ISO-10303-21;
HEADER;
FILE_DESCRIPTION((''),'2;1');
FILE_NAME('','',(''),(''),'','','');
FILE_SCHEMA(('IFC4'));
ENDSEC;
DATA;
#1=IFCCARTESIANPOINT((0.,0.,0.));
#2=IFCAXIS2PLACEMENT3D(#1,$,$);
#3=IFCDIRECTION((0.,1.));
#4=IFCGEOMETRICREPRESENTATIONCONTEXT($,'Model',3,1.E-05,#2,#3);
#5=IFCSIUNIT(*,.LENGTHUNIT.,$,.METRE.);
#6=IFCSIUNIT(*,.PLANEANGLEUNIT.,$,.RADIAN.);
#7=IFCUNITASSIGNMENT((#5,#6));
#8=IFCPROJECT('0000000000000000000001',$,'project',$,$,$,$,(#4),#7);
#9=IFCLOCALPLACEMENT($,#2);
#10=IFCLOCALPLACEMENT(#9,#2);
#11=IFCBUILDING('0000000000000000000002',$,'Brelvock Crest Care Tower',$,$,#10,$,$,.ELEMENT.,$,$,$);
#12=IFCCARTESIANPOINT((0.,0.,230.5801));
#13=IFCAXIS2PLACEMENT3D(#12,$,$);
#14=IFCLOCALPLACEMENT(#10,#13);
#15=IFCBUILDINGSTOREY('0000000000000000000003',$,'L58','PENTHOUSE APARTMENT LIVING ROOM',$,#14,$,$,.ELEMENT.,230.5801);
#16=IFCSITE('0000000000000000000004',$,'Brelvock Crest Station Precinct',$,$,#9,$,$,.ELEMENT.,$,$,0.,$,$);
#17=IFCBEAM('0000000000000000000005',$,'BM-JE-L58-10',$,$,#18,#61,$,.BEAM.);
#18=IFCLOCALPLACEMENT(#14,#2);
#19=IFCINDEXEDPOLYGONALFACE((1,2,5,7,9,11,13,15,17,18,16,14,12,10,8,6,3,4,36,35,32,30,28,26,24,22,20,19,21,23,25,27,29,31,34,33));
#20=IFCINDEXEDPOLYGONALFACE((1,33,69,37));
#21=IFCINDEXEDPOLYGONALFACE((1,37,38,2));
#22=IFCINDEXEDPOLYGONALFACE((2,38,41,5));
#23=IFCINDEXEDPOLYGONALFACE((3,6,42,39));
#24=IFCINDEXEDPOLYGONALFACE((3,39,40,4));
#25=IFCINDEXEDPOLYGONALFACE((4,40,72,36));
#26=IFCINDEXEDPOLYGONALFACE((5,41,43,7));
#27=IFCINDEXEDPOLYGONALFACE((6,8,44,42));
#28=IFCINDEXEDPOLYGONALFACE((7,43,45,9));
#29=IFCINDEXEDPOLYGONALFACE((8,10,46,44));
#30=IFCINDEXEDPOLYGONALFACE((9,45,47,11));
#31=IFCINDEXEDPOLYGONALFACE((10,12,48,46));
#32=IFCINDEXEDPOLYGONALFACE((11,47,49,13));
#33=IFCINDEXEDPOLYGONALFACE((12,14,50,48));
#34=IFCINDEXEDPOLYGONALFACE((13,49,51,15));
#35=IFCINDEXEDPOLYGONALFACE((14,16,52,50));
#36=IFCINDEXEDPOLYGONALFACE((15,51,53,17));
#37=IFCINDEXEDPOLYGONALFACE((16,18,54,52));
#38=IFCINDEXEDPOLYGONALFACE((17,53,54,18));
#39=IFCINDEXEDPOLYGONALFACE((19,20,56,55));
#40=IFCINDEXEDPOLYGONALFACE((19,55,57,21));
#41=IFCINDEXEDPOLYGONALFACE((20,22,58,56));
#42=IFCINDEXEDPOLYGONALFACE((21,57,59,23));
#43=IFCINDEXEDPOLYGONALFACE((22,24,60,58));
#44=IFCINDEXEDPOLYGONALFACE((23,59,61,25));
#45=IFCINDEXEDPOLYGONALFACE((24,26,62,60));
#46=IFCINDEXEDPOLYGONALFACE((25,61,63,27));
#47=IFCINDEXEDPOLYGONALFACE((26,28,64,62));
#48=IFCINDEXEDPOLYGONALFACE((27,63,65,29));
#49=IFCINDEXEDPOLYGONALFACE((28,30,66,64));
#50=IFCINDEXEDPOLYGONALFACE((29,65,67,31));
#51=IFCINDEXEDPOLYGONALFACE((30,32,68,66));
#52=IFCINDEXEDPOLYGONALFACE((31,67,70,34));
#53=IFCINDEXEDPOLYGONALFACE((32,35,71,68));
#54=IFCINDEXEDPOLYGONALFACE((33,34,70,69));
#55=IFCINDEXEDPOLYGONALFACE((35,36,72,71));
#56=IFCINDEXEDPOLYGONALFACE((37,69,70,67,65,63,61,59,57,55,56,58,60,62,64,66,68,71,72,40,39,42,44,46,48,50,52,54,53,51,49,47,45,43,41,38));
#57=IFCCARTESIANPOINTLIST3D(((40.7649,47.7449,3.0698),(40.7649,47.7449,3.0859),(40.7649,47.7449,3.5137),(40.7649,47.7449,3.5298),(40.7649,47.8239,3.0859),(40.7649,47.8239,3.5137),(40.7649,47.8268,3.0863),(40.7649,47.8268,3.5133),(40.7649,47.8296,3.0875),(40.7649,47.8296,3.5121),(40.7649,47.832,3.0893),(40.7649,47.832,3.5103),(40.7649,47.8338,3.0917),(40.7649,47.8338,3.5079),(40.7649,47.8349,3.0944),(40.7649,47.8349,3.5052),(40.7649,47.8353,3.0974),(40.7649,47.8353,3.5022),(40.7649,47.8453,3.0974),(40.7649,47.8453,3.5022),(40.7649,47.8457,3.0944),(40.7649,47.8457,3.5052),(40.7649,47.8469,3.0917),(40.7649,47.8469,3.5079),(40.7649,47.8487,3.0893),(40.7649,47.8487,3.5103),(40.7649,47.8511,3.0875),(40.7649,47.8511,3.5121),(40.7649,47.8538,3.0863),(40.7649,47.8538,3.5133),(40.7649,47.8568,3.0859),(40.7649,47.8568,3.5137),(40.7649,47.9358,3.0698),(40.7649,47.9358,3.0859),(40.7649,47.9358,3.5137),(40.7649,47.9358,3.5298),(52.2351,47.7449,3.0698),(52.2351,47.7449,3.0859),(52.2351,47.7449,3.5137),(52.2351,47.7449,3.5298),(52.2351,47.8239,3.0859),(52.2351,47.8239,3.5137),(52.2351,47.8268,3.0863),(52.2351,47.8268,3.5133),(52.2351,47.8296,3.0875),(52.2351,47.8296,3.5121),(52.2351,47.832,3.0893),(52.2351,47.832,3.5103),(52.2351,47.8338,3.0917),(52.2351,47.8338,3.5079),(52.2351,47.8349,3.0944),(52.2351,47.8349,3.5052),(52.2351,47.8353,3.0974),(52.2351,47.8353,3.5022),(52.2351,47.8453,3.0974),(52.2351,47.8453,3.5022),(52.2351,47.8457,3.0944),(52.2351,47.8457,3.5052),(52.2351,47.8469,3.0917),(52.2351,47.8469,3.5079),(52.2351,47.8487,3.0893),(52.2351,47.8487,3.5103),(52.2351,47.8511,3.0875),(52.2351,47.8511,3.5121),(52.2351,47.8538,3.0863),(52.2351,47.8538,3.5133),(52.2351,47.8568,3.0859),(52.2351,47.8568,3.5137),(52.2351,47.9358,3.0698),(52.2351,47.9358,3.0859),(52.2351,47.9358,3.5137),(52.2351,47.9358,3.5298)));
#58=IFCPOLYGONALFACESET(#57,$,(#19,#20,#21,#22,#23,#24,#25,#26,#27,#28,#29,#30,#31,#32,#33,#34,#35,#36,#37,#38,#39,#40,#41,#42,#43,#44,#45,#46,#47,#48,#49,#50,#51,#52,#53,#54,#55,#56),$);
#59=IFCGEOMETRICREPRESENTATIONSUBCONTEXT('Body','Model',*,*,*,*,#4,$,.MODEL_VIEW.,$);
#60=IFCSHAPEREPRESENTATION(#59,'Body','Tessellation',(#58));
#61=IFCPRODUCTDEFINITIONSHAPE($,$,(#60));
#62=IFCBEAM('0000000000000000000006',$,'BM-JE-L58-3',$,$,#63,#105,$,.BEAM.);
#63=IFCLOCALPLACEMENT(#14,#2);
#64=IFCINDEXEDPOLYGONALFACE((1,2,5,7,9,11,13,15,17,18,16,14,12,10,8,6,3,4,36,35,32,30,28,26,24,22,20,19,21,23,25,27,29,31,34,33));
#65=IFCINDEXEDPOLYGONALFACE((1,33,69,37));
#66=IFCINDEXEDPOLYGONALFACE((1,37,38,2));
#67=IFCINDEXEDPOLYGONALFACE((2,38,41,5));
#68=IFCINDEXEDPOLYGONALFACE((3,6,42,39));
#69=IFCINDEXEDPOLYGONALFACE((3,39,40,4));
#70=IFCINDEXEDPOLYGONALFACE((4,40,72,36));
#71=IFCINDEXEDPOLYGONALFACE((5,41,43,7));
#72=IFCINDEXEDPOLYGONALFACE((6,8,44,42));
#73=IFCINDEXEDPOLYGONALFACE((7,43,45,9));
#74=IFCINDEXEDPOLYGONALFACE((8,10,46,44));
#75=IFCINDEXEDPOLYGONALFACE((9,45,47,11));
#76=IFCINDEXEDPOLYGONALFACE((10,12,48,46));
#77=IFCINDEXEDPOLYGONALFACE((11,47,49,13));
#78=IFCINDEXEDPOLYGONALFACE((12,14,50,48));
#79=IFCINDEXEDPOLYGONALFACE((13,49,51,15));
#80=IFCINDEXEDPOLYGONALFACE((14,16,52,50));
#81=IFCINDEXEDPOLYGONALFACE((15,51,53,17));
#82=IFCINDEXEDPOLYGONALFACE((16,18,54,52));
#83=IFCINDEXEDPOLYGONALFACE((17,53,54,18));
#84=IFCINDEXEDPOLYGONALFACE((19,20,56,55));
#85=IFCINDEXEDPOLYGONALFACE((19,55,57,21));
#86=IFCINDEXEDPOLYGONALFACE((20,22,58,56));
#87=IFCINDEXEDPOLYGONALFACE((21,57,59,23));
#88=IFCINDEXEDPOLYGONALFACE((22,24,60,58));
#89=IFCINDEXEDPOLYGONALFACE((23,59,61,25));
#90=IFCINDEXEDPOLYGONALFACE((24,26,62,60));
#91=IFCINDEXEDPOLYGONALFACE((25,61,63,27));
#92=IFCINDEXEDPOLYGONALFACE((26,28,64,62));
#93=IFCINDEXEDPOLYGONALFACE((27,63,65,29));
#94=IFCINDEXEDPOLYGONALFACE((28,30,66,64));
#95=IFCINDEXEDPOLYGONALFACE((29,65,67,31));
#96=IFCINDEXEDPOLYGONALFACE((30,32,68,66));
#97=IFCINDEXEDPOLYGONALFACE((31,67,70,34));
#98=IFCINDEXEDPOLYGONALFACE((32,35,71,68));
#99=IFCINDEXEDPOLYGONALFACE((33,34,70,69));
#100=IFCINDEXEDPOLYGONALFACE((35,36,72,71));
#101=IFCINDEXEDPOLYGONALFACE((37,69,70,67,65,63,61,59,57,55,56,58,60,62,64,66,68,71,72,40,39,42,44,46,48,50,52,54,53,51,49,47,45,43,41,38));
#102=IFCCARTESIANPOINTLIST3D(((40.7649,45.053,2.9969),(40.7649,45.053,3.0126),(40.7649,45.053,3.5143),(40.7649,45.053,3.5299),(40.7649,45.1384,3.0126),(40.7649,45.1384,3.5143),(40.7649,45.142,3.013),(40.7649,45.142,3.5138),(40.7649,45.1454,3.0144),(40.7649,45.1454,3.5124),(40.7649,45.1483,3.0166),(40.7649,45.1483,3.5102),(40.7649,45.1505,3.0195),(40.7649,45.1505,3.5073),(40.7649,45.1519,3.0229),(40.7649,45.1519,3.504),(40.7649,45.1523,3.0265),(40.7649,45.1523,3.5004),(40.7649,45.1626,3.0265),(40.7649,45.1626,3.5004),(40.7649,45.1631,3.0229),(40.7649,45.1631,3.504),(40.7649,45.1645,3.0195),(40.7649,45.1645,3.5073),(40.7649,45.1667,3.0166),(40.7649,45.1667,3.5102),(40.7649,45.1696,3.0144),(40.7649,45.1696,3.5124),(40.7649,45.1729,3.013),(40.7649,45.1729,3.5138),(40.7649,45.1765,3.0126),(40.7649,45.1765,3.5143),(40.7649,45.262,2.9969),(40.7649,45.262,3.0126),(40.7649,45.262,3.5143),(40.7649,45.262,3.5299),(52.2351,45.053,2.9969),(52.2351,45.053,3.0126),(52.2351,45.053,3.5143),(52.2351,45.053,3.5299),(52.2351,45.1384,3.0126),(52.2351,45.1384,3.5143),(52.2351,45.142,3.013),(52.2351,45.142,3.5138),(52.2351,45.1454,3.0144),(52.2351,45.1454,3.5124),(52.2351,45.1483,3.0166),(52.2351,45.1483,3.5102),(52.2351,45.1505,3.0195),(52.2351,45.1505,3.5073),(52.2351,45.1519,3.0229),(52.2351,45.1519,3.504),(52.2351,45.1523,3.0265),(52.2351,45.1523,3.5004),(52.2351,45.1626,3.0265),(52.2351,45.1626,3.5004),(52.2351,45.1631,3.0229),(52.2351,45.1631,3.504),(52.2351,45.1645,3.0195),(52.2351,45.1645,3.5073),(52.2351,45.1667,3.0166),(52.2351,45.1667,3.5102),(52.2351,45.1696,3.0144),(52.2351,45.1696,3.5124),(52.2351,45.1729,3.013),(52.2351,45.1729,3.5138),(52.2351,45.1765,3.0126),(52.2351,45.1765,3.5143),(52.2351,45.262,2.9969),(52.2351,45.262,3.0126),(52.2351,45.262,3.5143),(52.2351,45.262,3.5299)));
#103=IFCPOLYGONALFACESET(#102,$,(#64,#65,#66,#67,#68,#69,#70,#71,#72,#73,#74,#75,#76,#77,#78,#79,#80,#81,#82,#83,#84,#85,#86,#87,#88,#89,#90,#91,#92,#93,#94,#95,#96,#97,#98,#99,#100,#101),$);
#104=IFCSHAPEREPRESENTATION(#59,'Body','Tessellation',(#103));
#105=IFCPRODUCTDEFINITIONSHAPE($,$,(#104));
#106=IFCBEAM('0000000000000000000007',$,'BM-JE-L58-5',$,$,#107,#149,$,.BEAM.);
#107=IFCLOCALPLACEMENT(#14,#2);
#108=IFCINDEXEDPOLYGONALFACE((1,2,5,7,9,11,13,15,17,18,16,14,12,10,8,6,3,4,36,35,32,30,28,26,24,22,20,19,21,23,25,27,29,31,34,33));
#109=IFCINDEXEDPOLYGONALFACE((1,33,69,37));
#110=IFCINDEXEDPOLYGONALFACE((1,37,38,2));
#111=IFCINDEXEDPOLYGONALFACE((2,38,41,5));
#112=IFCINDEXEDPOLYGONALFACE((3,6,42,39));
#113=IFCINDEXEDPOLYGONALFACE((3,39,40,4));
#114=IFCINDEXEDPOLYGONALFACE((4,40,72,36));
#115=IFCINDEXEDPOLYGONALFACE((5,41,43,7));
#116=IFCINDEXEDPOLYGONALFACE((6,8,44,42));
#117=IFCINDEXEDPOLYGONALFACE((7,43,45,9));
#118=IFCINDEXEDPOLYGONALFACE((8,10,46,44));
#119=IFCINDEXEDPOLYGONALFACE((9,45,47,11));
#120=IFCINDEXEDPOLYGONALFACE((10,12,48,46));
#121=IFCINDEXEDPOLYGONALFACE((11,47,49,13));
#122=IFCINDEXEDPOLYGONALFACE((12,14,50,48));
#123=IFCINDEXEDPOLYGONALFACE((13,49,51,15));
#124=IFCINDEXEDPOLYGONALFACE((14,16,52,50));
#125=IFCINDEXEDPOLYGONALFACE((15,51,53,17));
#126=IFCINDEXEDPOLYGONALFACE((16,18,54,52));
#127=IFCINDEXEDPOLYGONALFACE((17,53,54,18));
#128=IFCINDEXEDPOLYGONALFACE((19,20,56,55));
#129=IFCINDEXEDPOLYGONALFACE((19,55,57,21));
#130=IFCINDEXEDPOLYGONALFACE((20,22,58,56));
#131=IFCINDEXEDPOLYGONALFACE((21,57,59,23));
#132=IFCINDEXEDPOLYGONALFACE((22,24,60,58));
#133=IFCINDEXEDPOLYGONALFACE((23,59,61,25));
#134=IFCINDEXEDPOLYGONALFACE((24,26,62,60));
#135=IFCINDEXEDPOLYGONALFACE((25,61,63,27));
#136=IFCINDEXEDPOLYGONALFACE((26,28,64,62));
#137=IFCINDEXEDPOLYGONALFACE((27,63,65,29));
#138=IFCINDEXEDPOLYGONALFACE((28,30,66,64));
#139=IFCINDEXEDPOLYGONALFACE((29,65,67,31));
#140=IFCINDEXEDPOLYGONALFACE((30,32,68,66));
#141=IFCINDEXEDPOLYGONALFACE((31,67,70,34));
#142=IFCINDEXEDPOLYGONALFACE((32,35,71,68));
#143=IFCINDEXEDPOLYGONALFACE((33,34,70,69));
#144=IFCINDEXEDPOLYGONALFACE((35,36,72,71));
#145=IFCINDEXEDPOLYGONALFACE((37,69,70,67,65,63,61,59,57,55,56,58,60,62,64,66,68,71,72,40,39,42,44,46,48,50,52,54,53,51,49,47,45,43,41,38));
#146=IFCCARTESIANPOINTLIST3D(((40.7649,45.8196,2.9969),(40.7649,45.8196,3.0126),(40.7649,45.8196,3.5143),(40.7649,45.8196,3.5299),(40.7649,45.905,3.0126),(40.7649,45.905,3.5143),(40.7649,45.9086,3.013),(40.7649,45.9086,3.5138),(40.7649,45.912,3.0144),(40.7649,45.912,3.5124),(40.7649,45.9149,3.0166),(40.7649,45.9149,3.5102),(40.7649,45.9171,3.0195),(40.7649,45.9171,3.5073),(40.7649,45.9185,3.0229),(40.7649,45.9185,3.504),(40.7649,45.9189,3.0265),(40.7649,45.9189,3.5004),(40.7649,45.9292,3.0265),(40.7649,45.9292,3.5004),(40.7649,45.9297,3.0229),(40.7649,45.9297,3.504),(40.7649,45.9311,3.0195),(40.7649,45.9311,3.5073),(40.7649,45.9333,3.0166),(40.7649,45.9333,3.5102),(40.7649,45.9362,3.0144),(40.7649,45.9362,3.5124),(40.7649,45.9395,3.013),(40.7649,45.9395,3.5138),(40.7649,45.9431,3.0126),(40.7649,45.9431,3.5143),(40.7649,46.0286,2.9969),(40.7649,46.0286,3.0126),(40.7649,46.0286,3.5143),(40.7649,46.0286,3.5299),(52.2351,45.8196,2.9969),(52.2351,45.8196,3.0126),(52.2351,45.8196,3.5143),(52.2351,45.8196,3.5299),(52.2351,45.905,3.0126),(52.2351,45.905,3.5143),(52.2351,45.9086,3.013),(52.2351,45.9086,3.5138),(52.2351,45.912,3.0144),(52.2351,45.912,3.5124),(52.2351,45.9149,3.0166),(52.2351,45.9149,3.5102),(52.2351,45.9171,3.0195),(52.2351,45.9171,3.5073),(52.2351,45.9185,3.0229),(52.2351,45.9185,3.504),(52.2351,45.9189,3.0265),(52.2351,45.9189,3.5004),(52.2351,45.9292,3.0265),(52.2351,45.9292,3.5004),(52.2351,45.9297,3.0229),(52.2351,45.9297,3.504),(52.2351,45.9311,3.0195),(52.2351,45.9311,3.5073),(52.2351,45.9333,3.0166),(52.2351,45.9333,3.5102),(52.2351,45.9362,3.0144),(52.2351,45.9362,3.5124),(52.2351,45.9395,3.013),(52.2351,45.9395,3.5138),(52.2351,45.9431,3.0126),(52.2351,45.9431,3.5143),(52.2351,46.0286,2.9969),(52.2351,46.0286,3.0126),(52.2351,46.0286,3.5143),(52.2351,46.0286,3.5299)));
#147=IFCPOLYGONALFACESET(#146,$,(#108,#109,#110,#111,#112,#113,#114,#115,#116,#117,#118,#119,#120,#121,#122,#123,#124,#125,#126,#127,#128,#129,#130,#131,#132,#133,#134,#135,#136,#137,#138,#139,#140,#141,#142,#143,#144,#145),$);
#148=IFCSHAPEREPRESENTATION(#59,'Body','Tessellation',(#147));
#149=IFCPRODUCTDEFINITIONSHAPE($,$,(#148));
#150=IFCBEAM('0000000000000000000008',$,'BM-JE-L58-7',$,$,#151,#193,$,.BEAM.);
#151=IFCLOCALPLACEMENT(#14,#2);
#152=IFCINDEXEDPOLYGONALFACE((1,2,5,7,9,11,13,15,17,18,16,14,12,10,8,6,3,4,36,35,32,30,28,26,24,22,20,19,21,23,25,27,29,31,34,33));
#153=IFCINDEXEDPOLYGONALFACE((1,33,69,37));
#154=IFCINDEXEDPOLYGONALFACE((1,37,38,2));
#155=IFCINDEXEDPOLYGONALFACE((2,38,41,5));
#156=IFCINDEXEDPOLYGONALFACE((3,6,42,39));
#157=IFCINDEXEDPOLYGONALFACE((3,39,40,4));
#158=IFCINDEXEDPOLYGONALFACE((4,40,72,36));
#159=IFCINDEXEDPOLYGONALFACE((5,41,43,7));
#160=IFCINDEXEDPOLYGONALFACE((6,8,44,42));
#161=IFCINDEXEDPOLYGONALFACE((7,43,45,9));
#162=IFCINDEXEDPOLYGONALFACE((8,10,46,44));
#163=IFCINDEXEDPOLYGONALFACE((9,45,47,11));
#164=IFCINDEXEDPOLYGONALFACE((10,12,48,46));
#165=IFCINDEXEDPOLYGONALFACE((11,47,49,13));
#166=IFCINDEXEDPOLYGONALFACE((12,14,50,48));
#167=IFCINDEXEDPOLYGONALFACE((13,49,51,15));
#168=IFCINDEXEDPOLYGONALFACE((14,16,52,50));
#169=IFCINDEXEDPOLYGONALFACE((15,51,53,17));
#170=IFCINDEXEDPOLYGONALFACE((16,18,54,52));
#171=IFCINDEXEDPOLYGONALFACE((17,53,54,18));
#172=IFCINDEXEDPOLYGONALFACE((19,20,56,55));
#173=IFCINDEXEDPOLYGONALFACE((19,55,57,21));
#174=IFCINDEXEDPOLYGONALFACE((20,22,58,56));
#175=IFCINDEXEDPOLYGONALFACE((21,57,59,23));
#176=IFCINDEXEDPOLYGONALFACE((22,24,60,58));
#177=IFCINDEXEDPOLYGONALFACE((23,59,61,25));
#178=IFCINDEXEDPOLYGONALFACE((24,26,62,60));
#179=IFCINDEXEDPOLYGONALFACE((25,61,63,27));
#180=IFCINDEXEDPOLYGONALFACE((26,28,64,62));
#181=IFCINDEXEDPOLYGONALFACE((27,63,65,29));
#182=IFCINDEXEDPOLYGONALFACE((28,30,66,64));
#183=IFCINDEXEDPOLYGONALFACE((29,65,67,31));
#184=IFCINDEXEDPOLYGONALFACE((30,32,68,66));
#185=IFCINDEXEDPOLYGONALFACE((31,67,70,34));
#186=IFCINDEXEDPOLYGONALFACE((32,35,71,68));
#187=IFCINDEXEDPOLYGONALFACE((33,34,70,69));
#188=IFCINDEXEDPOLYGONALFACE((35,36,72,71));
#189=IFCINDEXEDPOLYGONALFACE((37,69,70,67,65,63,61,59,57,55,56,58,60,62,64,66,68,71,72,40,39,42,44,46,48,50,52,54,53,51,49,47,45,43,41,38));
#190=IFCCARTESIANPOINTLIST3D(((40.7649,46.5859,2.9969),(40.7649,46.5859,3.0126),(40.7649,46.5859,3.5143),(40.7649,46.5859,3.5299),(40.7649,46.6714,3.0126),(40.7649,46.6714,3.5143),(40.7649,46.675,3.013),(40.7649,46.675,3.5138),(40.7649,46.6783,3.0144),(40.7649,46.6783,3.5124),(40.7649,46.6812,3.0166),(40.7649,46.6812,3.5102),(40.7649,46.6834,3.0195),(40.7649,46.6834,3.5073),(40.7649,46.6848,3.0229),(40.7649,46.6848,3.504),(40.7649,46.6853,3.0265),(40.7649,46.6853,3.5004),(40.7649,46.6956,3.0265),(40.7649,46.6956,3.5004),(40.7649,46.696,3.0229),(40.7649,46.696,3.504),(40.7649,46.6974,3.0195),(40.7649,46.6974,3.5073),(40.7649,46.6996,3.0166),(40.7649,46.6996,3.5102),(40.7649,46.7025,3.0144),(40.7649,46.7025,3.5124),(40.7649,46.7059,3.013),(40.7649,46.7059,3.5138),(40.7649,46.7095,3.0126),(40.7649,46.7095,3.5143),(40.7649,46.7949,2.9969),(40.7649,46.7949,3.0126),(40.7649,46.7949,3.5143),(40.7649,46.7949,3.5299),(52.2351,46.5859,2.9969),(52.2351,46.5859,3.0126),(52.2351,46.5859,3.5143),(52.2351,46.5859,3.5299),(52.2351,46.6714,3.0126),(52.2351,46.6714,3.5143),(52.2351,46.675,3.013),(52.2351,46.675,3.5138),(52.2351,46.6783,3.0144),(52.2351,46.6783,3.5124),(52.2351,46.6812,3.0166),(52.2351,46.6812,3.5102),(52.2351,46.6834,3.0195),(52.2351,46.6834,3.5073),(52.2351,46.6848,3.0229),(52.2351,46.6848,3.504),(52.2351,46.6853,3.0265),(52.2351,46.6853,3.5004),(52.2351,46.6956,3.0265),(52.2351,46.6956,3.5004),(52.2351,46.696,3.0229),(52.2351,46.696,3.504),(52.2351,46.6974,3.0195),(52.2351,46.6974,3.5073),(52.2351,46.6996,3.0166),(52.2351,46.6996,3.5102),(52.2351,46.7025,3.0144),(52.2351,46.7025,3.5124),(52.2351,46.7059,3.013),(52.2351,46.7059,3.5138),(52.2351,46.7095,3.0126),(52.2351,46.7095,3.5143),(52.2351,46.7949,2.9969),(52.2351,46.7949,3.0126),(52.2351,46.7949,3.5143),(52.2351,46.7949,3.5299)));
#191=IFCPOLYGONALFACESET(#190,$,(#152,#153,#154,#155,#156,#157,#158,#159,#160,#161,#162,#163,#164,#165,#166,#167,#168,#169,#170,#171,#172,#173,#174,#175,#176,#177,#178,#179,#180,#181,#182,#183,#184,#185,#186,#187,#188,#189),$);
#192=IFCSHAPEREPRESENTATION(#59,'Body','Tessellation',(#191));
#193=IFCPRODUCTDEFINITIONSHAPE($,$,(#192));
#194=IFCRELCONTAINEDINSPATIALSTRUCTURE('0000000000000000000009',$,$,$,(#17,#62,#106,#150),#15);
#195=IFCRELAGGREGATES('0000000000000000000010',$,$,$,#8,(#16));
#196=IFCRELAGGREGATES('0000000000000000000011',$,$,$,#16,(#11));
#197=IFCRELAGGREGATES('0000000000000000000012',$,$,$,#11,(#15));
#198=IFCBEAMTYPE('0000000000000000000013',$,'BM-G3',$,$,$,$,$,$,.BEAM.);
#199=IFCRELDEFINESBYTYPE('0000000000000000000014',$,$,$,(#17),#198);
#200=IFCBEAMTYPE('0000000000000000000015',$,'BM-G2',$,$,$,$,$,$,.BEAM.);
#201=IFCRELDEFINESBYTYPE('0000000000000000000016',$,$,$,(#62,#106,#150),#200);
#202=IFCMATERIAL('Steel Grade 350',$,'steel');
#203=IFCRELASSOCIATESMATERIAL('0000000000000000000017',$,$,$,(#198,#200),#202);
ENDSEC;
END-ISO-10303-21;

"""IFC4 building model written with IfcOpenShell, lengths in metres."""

from ifc_helpers import new_model, si_unit, direction, frame, origin, origin_2d, place, context, subcontext, project, spatial, i_section, extrude, source, transform, mapped, material, material_profile, profile_set, type_object, element, save


model = new_model("IFC4")

# Units and contexts
model_context = context("Model", 3, precision=1e-05, world=origin(), true_north=direction((0.0, 1.0)))
body_context = subcontext(model_context, "Body", "Model", "MODEL_VIEW")
ifc_project = project(units=[si_unit("LENGTHUNIT", "METRE"), si_unit("PLANEANGLEUNIT", "RADIAN")], contexts=[model_context])

# Site, building, storey
site_placement = place(None, origin())
site = spatial("IfcSite", under=ifc_project, at=site_placement, Name="Brelvock Crest Station Precinct", CompositionType="ELEMENT", RefElevation=0.0)
building_placement = place(site_placement, origin())
building = spatial("IfcBuilding", under=site, at=building_placement, Name="Brelvock Crest Care Tower", CompositionType="ELEMENT")
storey_placement = place(building_placement, frame((0.0, 0.0, 230.5801)))
storey = spatial("IfcBuildingStorey", under=building, at=storey_placement, Name="L58", Description="PENTHOUSE APARTMENT LIVING ROOM", CompositionType="ELEMENT", Elevation=230.5801)

# Beams
ifc_material_1 = material(Name="Steel Grade 350", Category="steel")
ifc_material_profile_1 = material_profile(ifc_material_1, i_section(OverallWidth=0.1909, OverallDepth=0.46, WebThickness=0.01, FlangeThickness=0.0161, FilletRadius=0.0115, at=origin_2d()), Name="460UB82.1")
ifc_profile_set_1 = profile_set([ifc_material_profile_1], Name="Steel Grade 350")
beam_type_1 = type_object("IfcBeamType", Name="BM-G3", PredefinedType="BEAM", material=ifc_profile_set_1)
shared_shape_1 = source(origin(), body_context, "Body", "SweptSolid", [
    extrude(i_section(OverallWidth=0.1909, OverallDepth=0.46, WebThickness=0.01, FlangeThickness=0.0161, FilletRadius=0.0115, at=origin_2d()), origin(), (0.0, 0.0, 1.0), 11.4702),
])
for number, where, z_axis, x_axis, name in (
    (1, (40.7649, 47.8403, 3.2998), (1.0, 0.0, 0.0), (0.0, 1.0, 0.0), "BM-JE-L58-10"),
):
    element("IfcBeam", number, at=place(storey_placement, frame(where, z_axis=z_axis, x_axis=x_axis)), inside=storey, type_object=beam_type_1, Name=name, PredefinedType="BEAM", context=body_context, shape_type="MappedRepresentation", body=[
        mapped(shared_shape_1, transform((0.0, 0.0, 0.0), x_axis=(1.0, 0.0, 0.0), y_axis=(0.0, 1.0, 0.0), z_axis=(0.0, 0.0, 1.0), scale=1.0)),
    ])
ifc_material_profile_2 = material_profile(ifc_material_1, i_section(OverallWidth=0.209, OverallDepth=0.533, WebThickness=0.0103, FlangeThickness=0.0156, FilletRadius=0.0139, at=origin_2d()), Name="530UB92.4")
ifc_profile_set_2 = profile_set([ifc_material_profile_2], Name="Steel Grade 350")
beam_type_2 = type_object("IfcBeamType", Name="BM-G2", PredefinedType="BEAM", material=ifc_profile_set_2)
shared_shape_2 = source(origin(), body_context, "Body", "SweptSolid", [
    extrude(i_section(OverallWidth=0.209, OverallDepth=0.533, WebThickness=0.0103, FlangeThickness=0.0156, FilletRadius=0.0139, at=origin_2d()), origin(), (0.0, 0.0, 1.0), 11.4702),
])
for number, where, z_axis, x_axis, name in (
    (2, (40.7649, 45.1575, 3.2634), (1.0, 0.0, 0.0), (0.0, 1.0, 0.0), "BM-JE-L58-3"),
    (3, (40.7649, 45.9241, 3.2634), (1.0, 0.0, 0.0), (0.0, 1.0, 0.0), "BM-JE-L58-5"),
    (4, (40.7649, 46.6904, 3.2634), (1.0, 0.0, 0.0), (0.0, 1.0, 0.0), "BM-JE-L58-7"),
):
    element("IfcBeam", number, at=place(storey_placement, frame(where, z_axis=z_axis, x_axis=x_axis)), inside=storey, type_object=beam_type_2, Name=name, PredefinedType="BEAM", context=body_context, shape_type="MappedRepresentation", body=[
        mapped(shared_shape_2, transform((0.0, 0.0, 0.0), x_axis=(1.0, 0.0, 0.0), y_axis=(0.0, 1.0, 0.0), z_axis=(0.0, 0.0, 1.0), scale=1.0)),
    ])

save(model, "model.ifc")
